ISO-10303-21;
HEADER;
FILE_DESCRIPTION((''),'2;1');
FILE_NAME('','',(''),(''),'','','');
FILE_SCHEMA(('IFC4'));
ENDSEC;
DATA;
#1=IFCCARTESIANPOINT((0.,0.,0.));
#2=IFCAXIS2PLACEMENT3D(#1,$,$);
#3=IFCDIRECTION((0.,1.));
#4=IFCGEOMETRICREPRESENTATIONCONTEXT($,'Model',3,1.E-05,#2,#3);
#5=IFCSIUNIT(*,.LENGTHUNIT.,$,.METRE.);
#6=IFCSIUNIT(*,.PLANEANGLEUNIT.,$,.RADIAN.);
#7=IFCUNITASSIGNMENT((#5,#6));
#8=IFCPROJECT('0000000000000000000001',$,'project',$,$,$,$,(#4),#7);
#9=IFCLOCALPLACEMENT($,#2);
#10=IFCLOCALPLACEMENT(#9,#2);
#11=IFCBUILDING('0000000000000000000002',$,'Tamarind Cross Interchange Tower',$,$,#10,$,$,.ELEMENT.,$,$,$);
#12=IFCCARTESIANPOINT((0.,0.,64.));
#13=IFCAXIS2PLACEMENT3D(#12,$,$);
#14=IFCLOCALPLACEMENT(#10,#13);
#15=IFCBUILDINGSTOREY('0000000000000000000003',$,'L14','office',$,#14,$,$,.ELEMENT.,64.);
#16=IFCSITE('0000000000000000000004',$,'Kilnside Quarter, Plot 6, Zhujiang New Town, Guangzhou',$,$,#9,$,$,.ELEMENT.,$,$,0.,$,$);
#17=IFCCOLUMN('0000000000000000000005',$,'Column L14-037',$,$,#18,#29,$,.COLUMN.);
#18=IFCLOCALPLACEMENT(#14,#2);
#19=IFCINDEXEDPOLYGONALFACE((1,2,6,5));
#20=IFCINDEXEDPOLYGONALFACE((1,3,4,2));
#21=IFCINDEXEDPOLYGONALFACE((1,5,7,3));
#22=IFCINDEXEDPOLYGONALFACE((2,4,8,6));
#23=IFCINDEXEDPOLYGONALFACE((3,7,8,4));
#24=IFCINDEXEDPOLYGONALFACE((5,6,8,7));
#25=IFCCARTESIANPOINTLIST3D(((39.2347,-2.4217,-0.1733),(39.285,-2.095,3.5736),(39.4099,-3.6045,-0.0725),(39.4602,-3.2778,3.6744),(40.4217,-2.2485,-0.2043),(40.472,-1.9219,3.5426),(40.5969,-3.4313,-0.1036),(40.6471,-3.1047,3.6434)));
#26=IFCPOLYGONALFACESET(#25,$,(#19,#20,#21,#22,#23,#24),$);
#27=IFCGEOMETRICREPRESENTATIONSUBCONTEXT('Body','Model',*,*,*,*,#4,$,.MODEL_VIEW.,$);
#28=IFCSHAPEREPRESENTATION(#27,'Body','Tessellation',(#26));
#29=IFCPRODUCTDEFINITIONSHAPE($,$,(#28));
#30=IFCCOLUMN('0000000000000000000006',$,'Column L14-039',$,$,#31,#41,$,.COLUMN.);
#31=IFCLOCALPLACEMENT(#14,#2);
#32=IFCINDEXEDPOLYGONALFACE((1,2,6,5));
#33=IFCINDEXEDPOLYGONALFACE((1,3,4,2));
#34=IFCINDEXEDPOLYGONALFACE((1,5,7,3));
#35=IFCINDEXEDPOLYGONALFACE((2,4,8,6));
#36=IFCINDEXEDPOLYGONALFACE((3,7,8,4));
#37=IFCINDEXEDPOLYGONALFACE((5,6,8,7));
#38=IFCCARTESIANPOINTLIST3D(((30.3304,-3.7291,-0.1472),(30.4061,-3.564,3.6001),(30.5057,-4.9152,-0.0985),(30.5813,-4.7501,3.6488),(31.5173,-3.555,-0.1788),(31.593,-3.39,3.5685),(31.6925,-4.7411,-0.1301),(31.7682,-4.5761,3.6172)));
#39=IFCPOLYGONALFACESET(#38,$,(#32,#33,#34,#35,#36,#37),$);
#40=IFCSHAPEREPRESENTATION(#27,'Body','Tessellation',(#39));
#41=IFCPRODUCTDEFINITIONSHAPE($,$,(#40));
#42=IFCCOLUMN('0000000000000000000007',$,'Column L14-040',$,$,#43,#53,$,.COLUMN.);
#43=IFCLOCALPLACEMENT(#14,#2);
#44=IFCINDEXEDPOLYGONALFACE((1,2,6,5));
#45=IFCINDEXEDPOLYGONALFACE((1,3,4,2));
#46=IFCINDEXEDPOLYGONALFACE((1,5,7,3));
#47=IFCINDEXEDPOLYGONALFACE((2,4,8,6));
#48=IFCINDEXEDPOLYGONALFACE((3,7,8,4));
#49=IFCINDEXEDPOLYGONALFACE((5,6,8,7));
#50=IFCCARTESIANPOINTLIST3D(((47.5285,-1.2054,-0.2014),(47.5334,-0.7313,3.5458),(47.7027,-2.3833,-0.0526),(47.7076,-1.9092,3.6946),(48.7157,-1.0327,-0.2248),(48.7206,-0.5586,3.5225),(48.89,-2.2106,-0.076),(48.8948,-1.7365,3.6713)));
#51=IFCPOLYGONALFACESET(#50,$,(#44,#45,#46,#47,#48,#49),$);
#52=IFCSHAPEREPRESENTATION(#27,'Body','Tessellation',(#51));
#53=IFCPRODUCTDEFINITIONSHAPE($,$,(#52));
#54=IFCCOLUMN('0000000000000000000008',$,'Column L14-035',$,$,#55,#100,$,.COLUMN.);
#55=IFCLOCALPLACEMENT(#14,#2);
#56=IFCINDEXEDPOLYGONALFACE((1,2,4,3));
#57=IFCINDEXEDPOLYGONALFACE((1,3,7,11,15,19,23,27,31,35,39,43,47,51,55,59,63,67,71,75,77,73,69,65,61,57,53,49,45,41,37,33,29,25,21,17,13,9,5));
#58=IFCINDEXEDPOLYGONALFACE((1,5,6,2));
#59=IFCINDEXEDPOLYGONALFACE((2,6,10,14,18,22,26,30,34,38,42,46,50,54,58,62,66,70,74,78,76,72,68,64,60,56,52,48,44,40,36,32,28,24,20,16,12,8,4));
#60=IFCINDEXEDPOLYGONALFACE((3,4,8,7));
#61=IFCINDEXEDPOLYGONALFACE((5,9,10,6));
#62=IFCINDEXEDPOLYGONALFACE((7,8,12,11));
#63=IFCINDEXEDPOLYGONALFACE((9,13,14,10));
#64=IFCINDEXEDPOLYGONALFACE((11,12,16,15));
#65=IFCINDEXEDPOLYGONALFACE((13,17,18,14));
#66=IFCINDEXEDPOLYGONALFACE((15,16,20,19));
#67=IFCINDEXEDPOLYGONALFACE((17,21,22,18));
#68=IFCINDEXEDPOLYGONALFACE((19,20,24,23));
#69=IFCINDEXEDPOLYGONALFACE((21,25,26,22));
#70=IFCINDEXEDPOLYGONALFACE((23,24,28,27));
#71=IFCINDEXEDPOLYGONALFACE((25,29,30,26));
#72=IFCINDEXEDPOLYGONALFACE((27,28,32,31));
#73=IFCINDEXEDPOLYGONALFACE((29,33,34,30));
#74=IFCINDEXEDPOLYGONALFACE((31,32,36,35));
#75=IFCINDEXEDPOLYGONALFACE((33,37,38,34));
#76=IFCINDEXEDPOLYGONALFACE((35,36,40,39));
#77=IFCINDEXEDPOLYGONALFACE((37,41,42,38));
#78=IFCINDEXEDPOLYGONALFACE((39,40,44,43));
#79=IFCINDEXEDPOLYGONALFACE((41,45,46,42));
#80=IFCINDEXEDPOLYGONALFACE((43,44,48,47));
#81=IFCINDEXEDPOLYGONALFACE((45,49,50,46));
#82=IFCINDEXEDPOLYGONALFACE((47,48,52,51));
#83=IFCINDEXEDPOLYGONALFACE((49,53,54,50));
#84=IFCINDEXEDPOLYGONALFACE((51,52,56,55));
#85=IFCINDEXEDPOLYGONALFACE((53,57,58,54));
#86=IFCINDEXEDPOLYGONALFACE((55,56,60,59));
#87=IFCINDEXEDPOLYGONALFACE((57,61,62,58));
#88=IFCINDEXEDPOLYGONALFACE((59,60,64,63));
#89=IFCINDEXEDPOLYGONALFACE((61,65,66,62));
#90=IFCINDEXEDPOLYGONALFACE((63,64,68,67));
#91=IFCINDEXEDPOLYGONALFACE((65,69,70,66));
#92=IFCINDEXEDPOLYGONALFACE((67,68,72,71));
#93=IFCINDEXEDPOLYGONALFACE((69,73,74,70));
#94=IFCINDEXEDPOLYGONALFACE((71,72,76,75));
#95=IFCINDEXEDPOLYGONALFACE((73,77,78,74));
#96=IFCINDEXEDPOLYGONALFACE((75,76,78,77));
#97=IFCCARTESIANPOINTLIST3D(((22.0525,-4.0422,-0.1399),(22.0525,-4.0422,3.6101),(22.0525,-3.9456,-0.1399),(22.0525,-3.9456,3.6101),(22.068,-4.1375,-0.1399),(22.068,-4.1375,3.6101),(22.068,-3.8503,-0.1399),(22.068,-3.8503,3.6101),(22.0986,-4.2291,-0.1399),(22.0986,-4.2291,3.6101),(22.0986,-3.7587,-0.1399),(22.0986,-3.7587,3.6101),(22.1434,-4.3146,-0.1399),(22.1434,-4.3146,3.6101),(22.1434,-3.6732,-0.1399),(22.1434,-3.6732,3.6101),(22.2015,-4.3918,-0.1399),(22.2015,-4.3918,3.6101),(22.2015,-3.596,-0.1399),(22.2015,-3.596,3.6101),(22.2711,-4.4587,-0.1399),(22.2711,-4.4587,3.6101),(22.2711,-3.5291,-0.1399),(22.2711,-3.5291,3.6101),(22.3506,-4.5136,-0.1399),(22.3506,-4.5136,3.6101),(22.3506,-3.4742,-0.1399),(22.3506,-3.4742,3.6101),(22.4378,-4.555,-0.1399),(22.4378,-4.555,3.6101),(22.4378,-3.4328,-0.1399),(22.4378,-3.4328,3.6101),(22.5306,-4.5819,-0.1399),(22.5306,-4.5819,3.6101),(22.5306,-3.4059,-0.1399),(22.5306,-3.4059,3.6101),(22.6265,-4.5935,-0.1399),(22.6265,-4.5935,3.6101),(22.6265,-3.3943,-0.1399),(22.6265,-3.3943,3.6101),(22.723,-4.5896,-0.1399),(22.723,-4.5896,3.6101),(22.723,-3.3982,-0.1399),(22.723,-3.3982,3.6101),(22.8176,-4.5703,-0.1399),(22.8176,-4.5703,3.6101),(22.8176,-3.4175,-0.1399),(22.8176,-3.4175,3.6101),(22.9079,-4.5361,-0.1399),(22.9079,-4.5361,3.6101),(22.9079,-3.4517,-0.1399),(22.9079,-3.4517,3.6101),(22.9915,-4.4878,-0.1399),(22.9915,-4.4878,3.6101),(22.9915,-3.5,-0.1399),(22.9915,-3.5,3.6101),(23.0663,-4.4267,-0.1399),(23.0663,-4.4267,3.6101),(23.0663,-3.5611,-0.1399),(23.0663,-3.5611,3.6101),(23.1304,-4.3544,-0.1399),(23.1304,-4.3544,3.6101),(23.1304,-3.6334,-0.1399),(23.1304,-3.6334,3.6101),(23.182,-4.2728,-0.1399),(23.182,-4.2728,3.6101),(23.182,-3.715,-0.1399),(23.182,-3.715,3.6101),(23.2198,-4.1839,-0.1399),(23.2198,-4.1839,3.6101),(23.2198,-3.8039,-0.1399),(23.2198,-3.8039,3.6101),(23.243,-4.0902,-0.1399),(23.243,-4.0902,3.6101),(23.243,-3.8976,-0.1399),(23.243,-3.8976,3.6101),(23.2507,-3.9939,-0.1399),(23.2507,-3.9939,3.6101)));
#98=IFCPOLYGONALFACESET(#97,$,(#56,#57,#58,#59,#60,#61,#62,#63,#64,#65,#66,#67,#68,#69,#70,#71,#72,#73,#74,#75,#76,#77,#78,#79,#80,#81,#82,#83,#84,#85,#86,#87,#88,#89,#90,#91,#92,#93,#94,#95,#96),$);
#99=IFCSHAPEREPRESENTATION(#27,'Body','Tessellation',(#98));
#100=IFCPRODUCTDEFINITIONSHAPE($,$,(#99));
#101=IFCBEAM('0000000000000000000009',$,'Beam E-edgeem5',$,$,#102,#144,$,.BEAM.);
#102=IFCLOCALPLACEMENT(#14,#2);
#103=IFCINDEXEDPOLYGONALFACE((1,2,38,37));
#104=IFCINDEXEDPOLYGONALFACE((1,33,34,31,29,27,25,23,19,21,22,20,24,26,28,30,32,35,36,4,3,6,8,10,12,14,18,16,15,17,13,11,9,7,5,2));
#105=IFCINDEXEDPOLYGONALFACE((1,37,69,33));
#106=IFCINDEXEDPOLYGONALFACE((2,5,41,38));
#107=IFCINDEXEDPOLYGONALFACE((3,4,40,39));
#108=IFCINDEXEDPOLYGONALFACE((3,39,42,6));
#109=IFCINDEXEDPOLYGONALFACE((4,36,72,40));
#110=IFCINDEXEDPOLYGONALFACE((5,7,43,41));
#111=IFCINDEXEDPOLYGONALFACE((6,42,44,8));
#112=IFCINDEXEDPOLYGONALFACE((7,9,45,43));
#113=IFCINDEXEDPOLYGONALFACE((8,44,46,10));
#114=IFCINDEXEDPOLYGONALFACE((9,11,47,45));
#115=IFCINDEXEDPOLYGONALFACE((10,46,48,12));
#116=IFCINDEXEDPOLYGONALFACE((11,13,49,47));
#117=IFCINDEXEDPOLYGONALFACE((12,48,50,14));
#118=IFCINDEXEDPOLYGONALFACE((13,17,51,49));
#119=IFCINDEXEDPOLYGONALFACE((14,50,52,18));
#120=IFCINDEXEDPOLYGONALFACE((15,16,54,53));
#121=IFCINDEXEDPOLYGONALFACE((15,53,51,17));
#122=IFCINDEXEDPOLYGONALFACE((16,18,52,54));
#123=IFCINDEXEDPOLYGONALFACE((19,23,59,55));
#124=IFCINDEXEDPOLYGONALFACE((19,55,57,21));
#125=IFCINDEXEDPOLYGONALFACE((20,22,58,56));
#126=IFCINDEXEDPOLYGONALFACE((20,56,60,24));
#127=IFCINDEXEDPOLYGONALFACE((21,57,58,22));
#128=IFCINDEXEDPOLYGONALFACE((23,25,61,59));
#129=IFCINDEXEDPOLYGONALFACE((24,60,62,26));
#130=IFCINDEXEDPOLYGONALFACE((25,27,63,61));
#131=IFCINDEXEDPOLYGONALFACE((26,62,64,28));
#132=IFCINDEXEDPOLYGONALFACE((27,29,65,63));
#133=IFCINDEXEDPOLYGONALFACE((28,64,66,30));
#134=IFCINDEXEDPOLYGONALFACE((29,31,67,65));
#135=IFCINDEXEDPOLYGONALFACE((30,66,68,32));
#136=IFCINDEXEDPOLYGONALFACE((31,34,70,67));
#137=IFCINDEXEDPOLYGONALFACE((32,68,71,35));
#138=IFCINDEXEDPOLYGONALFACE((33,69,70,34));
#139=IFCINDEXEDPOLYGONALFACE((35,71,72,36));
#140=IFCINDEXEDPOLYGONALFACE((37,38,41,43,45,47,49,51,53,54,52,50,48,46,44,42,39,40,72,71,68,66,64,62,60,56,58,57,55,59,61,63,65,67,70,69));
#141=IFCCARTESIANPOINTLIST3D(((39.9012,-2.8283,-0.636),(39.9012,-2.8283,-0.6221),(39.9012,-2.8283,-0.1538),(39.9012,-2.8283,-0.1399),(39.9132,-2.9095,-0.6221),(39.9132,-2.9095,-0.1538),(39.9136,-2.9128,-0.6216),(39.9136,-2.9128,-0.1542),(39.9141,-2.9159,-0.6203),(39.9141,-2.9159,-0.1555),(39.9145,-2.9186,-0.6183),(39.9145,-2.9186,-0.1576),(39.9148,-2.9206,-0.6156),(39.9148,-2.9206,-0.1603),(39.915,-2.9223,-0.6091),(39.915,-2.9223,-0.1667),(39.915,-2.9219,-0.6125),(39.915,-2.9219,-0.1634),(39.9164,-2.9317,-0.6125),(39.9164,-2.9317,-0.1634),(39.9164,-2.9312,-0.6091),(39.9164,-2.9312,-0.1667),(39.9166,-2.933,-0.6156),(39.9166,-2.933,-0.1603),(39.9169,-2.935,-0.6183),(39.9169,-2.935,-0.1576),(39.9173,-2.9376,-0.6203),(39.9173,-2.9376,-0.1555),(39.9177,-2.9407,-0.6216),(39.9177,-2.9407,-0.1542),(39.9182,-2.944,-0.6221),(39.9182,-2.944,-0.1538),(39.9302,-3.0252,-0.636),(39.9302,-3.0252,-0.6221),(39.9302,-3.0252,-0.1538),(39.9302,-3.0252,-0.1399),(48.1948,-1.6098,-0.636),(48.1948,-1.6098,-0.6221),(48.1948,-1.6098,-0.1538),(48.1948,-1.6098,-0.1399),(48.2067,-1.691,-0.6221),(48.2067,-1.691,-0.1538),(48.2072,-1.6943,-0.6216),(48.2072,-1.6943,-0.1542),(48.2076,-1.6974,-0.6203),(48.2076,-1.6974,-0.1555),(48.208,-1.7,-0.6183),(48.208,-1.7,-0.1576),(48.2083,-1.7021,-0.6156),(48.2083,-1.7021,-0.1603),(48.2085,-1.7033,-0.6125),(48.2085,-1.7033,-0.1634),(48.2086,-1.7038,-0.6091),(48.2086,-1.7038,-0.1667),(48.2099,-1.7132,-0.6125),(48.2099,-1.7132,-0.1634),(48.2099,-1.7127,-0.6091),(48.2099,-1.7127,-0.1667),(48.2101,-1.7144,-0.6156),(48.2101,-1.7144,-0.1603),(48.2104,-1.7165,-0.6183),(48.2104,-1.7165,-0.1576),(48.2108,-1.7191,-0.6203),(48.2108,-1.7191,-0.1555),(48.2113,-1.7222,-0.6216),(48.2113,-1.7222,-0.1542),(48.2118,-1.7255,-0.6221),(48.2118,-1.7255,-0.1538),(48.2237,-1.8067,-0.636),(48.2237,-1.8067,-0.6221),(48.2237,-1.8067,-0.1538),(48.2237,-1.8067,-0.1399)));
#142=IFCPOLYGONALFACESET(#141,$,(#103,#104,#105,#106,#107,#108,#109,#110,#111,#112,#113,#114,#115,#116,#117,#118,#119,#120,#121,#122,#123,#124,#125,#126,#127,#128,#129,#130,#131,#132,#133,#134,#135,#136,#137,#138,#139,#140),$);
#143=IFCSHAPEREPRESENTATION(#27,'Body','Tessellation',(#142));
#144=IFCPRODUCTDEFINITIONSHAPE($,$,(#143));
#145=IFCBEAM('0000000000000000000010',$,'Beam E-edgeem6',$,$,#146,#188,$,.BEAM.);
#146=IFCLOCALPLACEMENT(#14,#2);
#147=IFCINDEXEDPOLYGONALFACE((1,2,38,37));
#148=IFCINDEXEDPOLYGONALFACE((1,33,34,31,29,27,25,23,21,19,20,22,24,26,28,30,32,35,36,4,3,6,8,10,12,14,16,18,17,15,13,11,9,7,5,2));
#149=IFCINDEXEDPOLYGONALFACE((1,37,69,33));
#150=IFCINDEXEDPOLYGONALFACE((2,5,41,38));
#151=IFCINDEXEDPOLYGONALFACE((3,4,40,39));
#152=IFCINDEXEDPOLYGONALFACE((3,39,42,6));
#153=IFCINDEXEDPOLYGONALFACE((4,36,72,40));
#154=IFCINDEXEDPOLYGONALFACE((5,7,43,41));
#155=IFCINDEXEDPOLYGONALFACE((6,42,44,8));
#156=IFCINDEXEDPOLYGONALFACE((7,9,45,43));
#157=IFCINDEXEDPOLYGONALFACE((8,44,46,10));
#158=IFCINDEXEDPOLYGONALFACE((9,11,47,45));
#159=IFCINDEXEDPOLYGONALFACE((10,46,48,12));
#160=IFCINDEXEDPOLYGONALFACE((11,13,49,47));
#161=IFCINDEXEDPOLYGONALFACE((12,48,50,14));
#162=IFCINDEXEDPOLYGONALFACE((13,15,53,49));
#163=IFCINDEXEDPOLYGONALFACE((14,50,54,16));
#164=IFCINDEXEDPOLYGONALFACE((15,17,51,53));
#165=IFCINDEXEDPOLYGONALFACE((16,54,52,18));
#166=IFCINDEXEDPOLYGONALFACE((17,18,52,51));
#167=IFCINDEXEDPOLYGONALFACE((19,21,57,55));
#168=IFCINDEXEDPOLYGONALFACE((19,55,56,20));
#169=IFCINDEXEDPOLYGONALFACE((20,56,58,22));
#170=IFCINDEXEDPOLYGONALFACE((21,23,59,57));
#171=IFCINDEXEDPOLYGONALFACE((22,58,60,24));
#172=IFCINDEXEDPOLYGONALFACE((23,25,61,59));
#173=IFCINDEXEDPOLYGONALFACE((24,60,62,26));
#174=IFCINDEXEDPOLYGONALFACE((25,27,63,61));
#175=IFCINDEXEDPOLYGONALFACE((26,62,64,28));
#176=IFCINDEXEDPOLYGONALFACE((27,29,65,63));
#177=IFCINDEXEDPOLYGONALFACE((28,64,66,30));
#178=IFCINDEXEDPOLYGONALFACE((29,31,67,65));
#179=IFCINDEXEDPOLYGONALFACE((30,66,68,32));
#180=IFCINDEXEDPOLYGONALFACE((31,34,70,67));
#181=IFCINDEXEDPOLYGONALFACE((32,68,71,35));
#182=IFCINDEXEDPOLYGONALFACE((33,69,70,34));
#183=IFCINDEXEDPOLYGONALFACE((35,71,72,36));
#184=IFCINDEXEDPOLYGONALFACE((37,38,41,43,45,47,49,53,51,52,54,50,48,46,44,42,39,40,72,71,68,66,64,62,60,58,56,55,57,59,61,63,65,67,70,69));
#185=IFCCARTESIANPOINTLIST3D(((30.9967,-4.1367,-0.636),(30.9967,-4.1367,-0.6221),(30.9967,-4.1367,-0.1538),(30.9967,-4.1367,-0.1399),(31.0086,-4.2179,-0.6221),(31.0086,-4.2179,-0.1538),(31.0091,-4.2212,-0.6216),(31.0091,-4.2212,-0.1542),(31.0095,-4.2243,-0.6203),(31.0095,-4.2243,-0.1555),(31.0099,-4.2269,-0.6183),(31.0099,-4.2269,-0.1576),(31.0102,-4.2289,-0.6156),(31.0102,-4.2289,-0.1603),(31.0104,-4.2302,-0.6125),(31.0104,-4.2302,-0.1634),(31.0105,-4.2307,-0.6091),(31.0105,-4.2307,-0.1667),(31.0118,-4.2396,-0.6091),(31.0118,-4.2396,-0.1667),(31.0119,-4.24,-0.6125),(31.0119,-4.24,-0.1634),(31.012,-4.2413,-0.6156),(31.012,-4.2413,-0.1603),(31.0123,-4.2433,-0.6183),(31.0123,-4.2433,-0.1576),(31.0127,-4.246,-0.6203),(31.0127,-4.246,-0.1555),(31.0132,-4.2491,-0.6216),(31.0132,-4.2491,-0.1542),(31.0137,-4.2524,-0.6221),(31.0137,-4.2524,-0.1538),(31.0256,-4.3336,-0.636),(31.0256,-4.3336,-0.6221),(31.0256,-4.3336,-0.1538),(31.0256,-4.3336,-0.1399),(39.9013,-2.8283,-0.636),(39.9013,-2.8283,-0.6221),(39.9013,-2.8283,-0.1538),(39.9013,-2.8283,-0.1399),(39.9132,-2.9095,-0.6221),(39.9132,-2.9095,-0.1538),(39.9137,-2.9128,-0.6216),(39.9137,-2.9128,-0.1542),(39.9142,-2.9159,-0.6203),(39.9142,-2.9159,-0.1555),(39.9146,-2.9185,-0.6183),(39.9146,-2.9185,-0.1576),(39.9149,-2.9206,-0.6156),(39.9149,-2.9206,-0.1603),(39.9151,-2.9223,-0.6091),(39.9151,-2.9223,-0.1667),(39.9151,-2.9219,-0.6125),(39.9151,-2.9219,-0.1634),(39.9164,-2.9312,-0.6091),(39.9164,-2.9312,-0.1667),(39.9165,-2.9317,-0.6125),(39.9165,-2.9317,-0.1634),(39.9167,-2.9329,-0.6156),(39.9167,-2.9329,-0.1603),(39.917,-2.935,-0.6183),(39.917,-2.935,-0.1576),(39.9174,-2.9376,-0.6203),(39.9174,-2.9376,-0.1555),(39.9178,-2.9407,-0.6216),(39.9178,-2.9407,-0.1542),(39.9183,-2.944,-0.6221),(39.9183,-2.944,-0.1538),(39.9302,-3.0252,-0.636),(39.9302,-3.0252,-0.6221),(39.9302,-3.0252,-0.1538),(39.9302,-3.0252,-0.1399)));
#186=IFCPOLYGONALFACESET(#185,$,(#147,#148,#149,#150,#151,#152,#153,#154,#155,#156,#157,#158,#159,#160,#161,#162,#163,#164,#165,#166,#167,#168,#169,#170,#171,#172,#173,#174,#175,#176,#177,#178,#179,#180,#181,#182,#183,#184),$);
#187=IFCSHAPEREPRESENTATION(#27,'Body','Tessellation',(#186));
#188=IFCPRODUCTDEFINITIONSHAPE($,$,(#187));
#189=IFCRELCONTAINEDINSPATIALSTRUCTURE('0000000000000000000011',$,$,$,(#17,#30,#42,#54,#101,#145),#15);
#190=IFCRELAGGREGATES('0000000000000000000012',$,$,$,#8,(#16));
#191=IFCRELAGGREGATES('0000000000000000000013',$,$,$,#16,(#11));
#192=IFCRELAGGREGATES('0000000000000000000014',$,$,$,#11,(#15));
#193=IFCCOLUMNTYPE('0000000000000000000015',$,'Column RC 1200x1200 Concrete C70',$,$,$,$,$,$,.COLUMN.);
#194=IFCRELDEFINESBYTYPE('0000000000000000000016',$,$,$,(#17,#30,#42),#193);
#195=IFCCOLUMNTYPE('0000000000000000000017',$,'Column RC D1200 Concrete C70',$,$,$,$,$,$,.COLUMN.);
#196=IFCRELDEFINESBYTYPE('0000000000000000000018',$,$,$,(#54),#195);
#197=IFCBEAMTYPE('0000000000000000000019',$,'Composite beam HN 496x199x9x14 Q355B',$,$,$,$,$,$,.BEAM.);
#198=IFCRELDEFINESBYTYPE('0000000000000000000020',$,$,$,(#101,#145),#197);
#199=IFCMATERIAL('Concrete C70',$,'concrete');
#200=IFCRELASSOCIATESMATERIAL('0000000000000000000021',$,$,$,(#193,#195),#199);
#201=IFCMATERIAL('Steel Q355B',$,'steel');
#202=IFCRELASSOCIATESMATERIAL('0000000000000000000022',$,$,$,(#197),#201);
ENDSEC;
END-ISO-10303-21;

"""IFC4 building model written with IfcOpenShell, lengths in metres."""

from ifc_helpers import new_model, si_unit, direction, frame, origin, origin_2d, place, context, subcontext, project, spatial, rectangle, circle, i_section, extrude, material, material_profile, profile_set, type_object, element, save


model = new_model("IFC4")

# Units and contexts
model_context = context("Model", 3, precision=1e-05, world=origin(), true_north=direction((0.0, 1.0)))
body_context = subcontext(model_context, "Body", "Model", "MODEL_VIEW")
ifc_project = project(units=[si_unit("LENGTHUNIT", "METRE"), si_unit("PLANEANGLEUNIT", "RADIAN")], contexts=[model_context])

# Site, building, storey
site_placement = place(None, origin())
site = spatial("IfcSite", under=ifc_project, at=site_placement, Name="Kilnside Quarter, Plot 6, Zhujiang New Town, Guangzhou", CompositionType="ELEMENT", RefElevation=0.0)
building_placement = place(site_placement, origin())
building = spatial("IfcBuilding", under=site, at=building_placement, Name="Tamarind Cross Interchange Tower", CompositionType="ELEMENT")
storey_placement = place(building_placement, frame((0.0, 0.0, 64.0)))
storey = spatial("IfcBuildingStorey", under=building, at=storey_placement, Name="L14", Description="office", CompositionType="ELEMENT", Elevation=64.0)

# Columns
ifc_material_1 = material(Name="Concrete C70", Category="concrete")
ifc_material_profile_1 = material_profile(ifc_material_1, rectangle(XDim=1.2, YDim=1.2, at=origin_2d()), Name="RC 1200x1200")
ifc_profile_set_1 = profile_set([ifc_material_profile_1], Name="Concrete C70")
column_type_1 = type_object("IfcColumnType", Name="Column RC 1200x1200 Concrete C70", PredefinedType="COLUMN", material=ifc_profile_set_1)
column_1_placement = place(storey_placement, frame((39.9158, -2.9265, -0.1384), z_axis=(0.013371, 0.086846, 0.996132), x_axis=(-0.989197, -0.144292, 0.025858)))
element("IfcColumn", 1, at=column_1_placement, inside=storey, type_object=column_type_1, Name="Column L14-037", PredefinedType="COLUMN", context=body_context, shape_type="SweptSolid", body=[
    extrude(rectangle(XDim=1.2, YDim=1.2, at=origin_2d()), origin(), (0.0, 0.0, 1.0), 3.7615),
])
column_2_placement = place(storey_placement, frame((31.0115, -4.2351, -0.1387), z_axis=(0.020173, 0.04399, 0.998828), x_axis=(-0.989075, -0.145034, 0.026364)))
element("IfcColumn", 2, at=column_2_placement, inside=storey, type_object=column_type_1, Name="Column L14-039", PredefinedType="COLUMN", context=body_context, shape_type="SweptSolid", body=[
    extrude(rectangle(XDim=1.2, YDim=1.2, at=origin_2d()), origin(), (0.0, 0.0, 1.0), 3.7517),
])
column_3_placement = place(storey_placement, frame((48.2092, -1.708, -0.1387), z_axis=(0.001293, 0.125522, 0.99209), x_axis=(-0.989402, -0.143888, 0.019494)))
element("IfcColumn", 3, at=column_3_placement, inside=storey, type_object=column_type_1, Name="Column L14-040", PredefinedType="COLUMN", context=body_context, shape_type="SweptSolid", body=[
    extrude(rectangle(XDim=1.2, YDim=1.2, at=origin_2d()), origin(), (0.0, 0.0, 1.0), 3.7771),
])
ifc_material_profile_2 = material_profile(ifc_material_1, circle(Radius=0.6001, at=origin_2d()), Name="RC D1200")
ifc_profile_set_2 = profile_set([ifc_material_profile_2], Name="Concrete C70")
column_type_2 = type_object("IfcColumnType", Name="Column RC D1200 Concrete C70", PredefinedType="COLUMN", material=ifc_profile_set_2)
column_4_placement = place(storey_placement, frame((22.6506, -3.9939, -0.1399), z_axis=(0.0, 0.0, 1.0), x_axis=(1.0, 0.0, 0.0)))
element("IfcColumn", 4, at=column_4_placement, inside=storey, type_object=column_type_2, Name="Column L14-035", PredefinedType="COLUMN", context=body_context, shape_type="SweptSolid", body=[
    extrude(circle(Radius=0.6001, at=origin_2d()), origin(), (0.0, 0.0, 1.0), 3.75),
])

# Beams
ifc_material_2 = material(Name="Steel Q355B", Category="steel")
ifc_material_profile_3 = material_profile(ifc_material_2, i_section(OverallWidth=0.199, OverallDepth=0.4961, WebThickness=0.009, FlangeThickness=0.0139, FilletRadius=0.0129, at=origin_2d()), Name="HN 496x199x9x14")
ifc_profile_set_3 = profile_set([ifc_material_profile_3], Name="Steel Q355B")
beam_type_1 = type_object("IfcBeamType", Name="Composite beam HN 496x199x9x14 Q355B", PredefinedType="BEAM", material=ifc_profile_set_3)
beam_1_placement = place(storey_placement, frame((48.2092, -1.7083, -0.3879), z_axis=(-0.989378, -0.145363, 0.0), x_axis=(0.145363, -0.989378, 0.0)))
element("IfcBeam", 5, at=beam_1_placement, inside=storey, type_object=beam_type_1, Name="Beam E-edgeem5", PredefinedType="BEAM", context=body_context, shape_type="SweptSolid", body=[
    extrude(i_section(OverallWidth=0.199, OverallDepth=0.4961, WebThickness=0.009, FlangeThickness=0.0139, FilletRadius=0.0129, at=origin_2d()), origin(), (0.0, 0.0, 1.0), 8.3826),
])
beam_2_placement = place(storey_placement, frame((39.9158, -2.9268, -0.3879), z_axis=(-0.989377, -0.14537, 0.0), x_axis=(0.14537, -0.989377, 0.0)))
element("IfcBeam", 6, at=beam_2_placement, inside=storey, type_object=beam_type_1, Name="Beam E-edgeem6", PredefinedType="BEAM", context=body_context, shape_type="SweptSolid", body=[
    extrude(i_section(OverallWidth=0.199, OverallDepth=0.4961, WebThickness=0.009, FlangeThickness=0.0139, FilletRadius=0.0129, at=origin_2d()), origin(), (0.0, 0.0, 1.0), 9.0002),
])

save(model, "model.ifc")
